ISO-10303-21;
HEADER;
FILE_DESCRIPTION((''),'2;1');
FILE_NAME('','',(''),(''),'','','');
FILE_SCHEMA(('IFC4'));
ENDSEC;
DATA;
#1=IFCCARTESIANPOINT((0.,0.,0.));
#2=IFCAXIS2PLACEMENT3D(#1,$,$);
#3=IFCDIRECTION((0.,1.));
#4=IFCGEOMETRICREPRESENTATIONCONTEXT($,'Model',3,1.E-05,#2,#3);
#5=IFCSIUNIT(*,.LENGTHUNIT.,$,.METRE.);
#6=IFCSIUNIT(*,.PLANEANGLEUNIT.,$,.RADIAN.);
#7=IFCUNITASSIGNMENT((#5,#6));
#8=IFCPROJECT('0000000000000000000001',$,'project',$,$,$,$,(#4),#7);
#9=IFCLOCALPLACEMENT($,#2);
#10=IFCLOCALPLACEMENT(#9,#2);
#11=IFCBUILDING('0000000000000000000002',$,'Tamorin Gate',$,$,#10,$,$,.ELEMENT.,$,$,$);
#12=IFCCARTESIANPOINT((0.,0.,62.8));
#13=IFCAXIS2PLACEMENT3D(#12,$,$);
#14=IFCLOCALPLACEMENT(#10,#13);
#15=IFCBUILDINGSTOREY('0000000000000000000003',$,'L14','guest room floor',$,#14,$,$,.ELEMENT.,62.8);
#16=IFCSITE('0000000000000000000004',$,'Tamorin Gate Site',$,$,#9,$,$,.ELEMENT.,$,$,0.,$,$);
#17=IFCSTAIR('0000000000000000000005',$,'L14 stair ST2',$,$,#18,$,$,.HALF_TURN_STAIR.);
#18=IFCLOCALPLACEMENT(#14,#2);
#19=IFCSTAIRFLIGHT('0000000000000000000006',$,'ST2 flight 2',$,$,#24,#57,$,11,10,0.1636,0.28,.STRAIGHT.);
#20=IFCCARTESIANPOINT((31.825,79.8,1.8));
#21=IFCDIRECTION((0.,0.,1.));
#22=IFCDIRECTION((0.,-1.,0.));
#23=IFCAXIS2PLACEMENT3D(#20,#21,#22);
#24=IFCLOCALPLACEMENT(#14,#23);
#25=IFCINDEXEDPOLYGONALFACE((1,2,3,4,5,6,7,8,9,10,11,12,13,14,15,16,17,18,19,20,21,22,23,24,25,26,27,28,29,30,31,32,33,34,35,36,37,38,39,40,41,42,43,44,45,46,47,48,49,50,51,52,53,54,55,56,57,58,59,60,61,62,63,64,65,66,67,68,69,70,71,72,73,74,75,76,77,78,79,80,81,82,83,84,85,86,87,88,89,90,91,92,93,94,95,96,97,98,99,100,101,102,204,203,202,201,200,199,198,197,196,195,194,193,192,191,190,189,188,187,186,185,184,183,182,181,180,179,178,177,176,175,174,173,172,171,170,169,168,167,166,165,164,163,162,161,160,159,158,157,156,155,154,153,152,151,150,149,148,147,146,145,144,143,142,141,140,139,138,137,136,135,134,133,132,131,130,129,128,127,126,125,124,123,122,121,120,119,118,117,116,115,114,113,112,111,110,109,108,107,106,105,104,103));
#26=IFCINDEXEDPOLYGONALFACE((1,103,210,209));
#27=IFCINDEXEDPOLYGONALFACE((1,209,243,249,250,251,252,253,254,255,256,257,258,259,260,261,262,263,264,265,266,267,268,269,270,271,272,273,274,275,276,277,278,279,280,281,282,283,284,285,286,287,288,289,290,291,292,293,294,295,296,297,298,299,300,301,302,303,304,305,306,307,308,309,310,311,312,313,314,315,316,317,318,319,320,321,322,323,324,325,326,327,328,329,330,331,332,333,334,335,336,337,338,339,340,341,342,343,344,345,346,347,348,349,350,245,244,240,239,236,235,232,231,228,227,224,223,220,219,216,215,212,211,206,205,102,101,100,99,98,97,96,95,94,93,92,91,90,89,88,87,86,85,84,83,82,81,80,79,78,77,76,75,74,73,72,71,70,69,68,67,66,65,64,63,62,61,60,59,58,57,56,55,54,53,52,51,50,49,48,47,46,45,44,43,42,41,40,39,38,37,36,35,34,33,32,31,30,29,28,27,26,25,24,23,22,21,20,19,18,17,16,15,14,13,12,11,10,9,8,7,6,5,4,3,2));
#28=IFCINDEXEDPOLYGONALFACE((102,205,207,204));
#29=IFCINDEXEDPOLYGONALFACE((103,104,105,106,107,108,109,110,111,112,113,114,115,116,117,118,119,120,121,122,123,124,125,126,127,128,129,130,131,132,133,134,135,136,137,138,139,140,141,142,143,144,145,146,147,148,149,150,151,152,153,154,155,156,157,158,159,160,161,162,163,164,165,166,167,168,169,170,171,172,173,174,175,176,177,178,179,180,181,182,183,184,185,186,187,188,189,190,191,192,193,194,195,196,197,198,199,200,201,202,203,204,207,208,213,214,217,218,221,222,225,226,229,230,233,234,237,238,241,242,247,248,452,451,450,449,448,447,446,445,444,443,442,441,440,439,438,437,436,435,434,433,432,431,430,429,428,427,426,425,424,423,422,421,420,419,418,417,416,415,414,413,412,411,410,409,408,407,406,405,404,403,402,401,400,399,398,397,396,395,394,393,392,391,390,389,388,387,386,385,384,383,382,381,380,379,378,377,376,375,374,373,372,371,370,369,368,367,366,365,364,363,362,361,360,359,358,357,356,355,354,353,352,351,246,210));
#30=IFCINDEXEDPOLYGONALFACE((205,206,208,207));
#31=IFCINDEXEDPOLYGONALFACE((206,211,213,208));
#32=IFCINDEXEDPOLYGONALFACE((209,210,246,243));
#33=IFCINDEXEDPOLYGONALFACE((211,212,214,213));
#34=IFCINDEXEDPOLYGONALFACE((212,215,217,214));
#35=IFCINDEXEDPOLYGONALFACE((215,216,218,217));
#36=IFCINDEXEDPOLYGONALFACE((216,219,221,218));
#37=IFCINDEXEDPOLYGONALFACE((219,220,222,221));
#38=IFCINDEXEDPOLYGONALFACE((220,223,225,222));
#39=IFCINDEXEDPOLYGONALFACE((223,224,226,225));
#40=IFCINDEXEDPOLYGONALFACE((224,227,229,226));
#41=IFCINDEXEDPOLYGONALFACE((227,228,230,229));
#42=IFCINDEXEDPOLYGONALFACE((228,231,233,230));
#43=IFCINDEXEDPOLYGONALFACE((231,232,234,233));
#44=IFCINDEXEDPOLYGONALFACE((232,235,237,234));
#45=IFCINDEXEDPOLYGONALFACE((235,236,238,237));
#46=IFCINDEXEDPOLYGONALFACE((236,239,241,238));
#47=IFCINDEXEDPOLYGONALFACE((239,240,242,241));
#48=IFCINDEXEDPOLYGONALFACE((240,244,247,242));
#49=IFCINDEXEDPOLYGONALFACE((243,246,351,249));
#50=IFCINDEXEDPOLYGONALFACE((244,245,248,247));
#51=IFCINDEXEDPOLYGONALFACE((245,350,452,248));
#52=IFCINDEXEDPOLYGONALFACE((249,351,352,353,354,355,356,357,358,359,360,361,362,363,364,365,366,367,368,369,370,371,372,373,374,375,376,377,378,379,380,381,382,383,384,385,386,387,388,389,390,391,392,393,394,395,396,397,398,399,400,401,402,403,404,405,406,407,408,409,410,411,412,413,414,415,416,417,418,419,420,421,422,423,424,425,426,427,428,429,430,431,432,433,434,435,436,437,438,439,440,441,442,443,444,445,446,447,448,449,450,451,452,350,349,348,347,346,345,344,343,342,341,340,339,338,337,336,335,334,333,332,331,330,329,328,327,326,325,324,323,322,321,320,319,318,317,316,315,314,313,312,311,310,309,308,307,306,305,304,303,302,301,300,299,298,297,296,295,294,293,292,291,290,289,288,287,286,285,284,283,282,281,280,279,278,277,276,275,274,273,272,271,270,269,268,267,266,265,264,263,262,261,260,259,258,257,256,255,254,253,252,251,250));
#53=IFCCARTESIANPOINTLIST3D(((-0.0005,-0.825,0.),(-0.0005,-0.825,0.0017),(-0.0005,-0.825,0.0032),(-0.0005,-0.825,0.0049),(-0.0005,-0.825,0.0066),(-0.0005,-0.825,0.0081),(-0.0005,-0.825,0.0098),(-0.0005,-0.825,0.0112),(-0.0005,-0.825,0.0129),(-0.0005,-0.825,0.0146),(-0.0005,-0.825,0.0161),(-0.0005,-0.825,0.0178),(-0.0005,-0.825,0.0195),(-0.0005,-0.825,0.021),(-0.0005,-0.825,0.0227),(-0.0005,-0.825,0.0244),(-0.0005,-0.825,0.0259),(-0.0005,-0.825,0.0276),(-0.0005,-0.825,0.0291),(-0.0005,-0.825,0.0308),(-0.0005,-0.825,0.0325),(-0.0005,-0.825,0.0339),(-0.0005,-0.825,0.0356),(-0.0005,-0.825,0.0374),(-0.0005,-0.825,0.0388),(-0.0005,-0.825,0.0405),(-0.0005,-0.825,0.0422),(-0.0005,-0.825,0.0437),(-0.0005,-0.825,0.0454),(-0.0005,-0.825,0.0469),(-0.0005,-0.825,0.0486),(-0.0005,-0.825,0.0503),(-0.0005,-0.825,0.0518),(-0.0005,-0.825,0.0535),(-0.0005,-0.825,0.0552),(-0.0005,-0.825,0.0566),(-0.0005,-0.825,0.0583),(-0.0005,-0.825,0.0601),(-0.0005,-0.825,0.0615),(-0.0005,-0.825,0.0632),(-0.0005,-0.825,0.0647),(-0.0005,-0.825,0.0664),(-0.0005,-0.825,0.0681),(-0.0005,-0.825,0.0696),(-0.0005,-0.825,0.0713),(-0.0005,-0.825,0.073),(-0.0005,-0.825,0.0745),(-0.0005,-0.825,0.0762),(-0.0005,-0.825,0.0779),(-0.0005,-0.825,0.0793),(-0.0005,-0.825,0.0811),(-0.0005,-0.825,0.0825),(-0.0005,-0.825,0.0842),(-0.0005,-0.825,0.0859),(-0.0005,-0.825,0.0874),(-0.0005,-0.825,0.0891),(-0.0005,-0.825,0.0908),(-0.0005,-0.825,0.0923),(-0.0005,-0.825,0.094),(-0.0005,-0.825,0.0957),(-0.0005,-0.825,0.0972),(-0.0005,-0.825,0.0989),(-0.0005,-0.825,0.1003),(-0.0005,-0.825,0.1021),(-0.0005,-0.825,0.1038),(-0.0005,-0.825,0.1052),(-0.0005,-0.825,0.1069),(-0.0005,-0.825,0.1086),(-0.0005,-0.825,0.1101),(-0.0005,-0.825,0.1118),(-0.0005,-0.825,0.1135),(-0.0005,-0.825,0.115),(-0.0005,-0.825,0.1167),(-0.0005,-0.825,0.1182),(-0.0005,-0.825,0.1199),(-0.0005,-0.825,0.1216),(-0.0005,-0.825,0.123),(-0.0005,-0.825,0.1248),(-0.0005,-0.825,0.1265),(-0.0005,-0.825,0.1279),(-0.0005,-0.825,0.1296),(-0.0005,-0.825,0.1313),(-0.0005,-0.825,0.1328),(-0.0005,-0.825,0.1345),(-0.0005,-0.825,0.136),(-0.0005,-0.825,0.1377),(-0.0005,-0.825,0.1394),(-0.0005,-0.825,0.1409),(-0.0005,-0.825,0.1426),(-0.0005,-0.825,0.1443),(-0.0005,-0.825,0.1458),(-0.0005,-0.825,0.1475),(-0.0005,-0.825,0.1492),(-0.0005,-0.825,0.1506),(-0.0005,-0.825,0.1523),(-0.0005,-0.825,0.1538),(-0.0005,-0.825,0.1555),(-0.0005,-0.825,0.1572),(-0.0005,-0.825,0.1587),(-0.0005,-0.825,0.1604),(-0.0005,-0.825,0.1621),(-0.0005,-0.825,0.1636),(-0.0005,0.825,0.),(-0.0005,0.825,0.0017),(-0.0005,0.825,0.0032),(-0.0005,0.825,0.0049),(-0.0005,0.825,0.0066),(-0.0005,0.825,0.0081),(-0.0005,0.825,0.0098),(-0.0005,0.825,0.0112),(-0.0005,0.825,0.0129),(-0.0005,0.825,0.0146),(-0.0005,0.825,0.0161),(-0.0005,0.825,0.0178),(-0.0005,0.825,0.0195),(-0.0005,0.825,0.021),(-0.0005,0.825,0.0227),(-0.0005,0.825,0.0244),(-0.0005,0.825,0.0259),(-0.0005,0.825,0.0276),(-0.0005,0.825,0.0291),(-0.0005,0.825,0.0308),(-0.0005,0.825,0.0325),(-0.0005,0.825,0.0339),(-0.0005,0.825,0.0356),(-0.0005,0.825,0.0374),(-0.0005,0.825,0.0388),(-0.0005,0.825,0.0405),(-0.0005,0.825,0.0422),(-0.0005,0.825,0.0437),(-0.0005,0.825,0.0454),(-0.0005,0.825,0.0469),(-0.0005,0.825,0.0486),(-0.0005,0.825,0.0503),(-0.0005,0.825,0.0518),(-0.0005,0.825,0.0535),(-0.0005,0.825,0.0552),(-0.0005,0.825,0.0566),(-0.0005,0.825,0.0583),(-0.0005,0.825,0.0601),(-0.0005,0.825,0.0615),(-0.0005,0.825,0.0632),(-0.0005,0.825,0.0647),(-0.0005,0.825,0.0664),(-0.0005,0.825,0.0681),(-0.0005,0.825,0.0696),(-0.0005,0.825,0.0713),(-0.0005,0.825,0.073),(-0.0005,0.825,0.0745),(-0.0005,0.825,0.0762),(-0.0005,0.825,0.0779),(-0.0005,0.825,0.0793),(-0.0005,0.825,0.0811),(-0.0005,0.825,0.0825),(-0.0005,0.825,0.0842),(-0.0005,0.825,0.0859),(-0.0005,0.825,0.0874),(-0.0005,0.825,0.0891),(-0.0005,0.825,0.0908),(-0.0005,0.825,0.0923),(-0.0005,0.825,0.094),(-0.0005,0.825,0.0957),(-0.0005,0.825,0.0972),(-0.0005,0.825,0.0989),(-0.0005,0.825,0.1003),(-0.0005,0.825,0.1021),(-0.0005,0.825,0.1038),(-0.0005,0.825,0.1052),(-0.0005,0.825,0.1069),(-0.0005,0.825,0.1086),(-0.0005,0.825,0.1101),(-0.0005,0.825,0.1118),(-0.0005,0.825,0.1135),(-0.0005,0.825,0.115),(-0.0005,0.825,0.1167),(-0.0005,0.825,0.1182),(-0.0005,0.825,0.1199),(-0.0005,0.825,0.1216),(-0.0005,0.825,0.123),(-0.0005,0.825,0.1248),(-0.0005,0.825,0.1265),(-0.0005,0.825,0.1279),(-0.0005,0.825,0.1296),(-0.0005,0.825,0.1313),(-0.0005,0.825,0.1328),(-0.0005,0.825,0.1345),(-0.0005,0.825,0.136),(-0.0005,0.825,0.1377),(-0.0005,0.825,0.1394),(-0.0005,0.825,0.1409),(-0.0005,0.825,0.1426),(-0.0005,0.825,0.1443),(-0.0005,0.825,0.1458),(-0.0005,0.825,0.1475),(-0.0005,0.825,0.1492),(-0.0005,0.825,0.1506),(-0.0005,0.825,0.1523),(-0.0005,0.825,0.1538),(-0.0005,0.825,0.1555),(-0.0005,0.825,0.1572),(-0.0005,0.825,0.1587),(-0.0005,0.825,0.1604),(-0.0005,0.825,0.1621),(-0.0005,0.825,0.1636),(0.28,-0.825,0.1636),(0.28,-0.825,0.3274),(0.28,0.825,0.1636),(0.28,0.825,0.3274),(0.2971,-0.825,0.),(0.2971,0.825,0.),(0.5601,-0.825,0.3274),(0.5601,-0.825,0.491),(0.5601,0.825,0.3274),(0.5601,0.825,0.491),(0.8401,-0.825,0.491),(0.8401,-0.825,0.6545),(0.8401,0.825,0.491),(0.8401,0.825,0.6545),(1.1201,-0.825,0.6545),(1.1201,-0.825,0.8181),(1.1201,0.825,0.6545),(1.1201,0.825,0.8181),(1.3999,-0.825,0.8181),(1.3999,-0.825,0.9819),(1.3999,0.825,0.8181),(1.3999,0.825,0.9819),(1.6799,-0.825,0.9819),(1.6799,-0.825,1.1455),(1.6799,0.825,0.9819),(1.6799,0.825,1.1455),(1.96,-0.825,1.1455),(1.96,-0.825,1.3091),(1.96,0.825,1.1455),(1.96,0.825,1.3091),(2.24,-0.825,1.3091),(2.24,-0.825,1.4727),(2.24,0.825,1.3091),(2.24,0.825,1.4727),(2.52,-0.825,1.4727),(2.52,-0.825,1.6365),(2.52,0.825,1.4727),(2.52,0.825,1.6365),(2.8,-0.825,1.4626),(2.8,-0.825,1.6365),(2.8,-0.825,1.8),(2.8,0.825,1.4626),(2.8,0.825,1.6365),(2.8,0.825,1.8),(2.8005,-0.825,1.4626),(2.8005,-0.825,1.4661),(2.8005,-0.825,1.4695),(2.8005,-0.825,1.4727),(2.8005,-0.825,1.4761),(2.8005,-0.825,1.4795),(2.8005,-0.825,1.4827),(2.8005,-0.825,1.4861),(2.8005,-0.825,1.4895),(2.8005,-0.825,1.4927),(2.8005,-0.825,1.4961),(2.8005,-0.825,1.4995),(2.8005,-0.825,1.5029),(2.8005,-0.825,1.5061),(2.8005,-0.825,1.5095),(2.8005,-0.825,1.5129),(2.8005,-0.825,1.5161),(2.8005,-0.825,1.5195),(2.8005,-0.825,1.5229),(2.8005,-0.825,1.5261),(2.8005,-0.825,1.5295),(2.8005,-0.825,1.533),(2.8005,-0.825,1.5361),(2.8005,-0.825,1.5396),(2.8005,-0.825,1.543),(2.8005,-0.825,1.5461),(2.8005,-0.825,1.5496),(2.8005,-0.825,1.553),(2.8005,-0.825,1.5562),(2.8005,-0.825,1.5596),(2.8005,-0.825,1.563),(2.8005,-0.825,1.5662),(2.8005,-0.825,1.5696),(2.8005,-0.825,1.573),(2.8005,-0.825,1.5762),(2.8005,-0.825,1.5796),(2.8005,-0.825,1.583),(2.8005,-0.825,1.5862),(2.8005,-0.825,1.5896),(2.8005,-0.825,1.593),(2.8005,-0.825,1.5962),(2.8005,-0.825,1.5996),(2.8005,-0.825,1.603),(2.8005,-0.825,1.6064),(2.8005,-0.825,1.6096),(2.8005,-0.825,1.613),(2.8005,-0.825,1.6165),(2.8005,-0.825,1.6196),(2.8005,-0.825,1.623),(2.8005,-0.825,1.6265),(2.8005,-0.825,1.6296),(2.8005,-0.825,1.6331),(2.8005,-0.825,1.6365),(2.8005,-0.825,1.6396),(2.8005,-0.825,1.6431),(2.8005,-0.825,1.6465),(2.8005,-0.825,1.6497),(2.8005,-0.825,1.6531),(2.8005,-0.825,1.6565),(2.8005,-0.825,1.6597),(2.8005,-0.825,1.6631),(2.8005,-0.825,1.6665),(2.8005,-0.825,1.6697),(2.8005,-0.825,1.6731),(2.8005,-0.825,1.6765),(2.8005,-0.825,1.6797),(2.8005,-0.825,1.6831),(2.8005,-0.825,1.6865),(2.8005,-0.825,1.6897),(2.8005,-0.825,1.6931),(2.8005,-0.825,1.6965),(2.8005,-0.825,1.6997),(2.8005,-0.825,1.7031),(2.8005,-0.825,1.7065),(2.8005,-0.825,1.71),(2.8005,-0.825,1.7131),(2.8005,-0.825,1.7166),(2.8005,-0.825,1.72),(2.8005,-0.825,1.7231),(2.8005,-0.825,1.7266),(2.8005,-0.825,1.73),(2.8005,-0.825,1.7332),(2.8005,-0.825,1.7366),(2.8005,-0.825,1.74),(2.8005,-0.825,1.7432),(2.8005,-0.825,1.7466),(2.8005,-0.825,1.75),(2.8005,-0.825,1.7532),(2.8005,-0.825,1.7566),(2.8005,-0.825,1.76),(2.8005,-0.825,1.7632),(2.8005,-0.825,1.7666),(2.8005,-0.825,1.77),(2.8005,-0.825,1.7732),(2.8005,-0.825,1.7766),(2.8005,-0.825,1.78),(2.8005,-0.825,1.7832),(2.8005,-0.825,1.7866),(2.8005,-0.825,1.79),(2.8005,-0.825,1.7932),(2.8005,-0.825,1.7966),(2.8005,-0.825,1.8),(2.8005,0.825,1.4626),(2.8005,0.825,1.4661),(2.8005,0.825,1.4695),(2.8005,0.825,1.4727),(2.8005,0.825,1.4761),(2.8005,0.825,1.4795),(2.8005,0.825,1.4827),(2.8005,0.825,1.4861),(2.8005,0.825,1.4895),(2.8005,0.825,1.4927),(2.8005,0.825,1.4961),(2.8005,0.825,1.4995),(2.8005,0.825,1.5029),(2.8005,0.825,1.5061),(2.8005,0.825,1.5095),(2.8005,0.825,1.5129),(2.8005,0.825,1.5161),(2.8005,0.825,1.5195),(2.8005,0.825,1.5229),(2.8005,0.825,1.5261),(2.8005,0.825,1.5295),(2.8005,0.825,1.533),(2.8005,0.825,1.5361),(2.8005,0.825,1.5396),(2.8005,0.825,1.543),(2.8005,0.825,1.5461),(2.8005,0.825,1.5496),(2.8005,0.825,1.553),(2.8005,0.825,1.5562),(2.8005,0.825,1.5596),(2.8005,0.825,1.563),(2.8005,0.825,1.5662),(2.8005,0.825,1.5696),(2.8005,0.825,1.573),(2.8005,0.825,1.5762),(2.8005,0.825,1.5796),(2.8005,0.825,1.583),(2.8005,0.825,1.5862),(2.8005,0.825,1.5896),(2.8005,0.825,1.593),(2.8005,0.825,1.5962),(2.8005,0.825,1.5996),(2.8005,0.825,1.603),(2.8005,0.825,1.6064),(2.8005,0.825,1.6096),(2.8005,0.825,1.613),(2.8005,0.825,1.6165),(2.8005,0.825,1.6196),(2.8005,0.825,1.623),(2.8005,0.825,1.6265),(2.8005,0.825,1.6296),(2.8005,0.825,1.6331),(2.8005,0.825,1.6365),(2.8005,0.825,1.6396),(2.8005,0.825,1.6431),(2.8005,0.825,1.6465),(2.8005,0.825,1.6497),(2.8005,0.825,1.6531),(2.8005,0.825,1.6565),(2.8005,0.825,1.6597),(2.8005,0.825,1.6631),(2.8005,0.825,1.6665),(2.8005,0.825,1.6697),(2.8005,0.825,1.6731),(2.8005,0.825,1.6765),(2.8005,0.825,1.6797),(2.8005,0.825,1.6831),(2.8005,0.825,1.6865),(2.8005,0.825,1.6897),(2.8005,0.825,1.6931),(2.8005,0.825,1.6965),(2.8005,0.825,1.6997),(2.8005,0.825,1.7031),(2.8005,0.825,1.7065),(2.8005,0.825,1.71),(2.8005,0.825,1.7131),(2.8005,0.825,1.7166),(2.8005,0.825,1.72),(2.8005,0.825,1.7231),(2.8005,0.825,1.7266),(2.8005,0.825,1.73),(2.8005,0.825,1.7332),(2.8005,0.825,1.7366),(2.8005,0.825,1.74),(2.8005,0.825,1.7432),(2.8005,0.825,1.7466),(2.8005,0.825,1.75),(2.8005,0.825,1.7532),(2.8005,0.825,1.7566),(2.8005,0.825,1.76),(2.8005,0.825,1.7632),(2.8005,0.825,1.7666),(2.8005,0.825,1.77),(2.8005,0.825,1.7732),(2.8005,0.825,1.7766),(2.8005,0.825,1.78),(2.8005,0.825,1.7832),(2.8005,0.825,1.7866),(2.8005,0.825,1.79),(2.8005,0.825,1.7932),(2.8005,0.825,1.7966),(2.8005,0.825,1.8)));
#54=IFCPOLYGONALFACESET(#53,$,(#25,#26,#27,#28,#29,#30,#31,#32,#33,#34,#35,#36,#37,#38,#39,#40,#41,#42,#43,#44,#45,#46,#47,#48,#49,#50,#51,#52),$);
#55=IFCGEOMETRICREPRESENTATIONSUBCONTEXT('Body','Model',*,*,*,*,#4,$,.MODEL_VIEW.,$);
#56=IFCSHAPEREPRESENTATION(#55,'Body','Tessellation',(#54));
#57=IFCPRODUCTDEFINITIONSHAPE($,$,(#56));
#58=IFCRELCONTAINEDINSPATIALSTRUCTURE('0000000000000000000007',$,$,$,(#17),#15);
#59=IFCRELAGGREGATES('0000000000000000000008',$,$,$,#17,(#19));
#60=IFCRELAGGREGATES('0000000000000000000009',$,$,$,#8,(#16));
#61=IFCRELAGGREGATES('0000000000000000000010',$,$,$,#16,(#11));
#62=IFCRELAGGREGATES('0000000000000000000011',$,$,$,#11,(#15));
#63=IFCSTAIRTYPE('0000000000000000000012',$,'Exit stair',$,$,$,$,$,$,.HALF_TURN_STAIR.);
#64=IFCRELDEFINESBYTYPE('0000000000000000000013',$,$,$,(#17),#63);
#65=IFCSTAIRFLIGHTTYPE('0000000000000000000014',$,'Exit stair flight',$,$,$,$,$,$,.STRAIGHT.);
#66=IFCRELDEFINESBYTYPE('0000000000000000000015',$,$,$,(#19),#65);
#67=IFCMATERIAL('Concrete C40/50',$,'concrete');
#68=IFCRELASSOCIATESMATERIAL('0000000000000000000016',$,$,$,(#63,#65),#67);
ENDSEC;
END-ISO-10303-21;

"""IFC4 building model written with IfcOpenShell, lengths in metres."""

from ifc_helpers import new_model, si_unit, direction, frame, origin, place, context, subcontext, project, spatial, polyline, outline, extrude, material, type_object, element, aggregate, save


model = new_model("IFC4")

# Units and contexts
model_context = context("Model", 3, precision=1e-05, world=origin(), true_north=direction((0.0, 1.0)))
body_context = subcontext(model_context, "Body", "Model", "MODEL_VIEW")
ifc_project = project(units=[si_unit("LENGTHUNIT", "METRE"), si_unit("PLANEANGLEUNIT", "RADIAN")], contexts=[model_context])

# Site, building, storey
site_placement = place(None, origin())
site = spatial("IfcSite", under=ifc_project, at=site_placement, Name="Tamorin Gate Site", CompositionType="ELEMENT", RefElevation=0.0)
building_placement = place(site_placement, origin())
building = spatial("IfcBuilding", under=site, at=building_placement, Name="Tamorin Gate", CompositionType="ELEMENT")
storey_placement = place(building_placement, frame((0.0, 0.0, 62.8)))
storey = spatial("IfcBuildingStorey", under=building, at=storey_placement, Name="L14", Description="guest room floor", CompositionType="ELEMENT", Elevation=62.8)

# Shared definitions
ifc_material_1 = material(Name="Concrete C40/50", Category="concrete")

# Stair, stair flight
stair_type = type_object("IfcStairType", Name="Exit stair", PredefinedType="HALF_TURN_STAIR", material=ifc_material_1)
stair_placement = place(storey_placement, origin())
stair = element("IfcStair", 1, at=stair_placement, inside=storey, type_object=stair_type, Name="L14 stair ST2", PredefinedType="HALF_TURN_STAIR")
stair_flight_type = type_object("IfcStairFlightType", Name="Exit stair flight", PredefinedType="STRAIGHT", material=ifc_material_1)
stair_flight_1_placement = place(storey_placement, frame((31.825, 79.8, 1.8), z_axis=(0.0, 0.0, 1.0), x_axis=(0.0, -1.0, 0.0)))
stair_flight_1 = element("IfcStairFlight", 2, at=stair_flight_1_placement, type_object=stair_flight_type, Name="ST2 flight 2", NumberOfRisers=11, NumberOfTreads=10, PredefinedType="STRAIGHT", RiserHeight=0.1636, TreadLength=0.28, context=body_context, shape_type="SweptSolid", body=[
    extrude(outline(polyline([(-0.0005, 0.0), (-0.0005, 0.0017), (-0.0005, 0.0032), (-0.0005, 0.0049), (-0.0005, 0.0066), (-0.0005, 0.0081), (-0.0005, 0.0098), (-0.0005, 0.0112), (-0.0005, 0.0129), (-0.0005, 0.0146), (-0.0005, 0.0161), (-0.0005, 0.0178), (-0.0005, 0.0195), (-0.0005, 0.021), (-0.0005, 0.0227), (-0.0005, 0.0244), (-0.0005, 0.0259), (-0.0005, 0.0276), (-0.0005, 0.0291), (-0.0005, 0.0308), (-0.0005, 0.0325), (-0.0005, 0.0339), (-0.0005, 0.0356), (-0.0005, 0.0374), (-0.0005, 0.0388), (-0.0005, 0.0405), (-0.0005, 0.0422), (-0.0005, 0.0437), (-0.0005, 0.0454), (-0.0005, 0.0469), (-0.0005, 0.0486), (-0.0005, 0.0503), (-0.0005, 0.0518), (-0.0005, 0.0535), (-0.0005, 0.0552), (-0.0005, 0.0566), (-0.0005, 0.0583), (-0.0005, 0.0601), (-0.0005, 0.0615), (-0.0005, 0.0632), (-0.0005, 0.0647), (-0.0005, 0.0664), (-0.0005, 0.0681), (-0.0005, 0.0696), (-0.0005, 0.0713), (-0.0005, 0.073), (-0.0005, 0.0745), (-0.0005, 0.0762), (-0.0005, 0.0779), (-0.0005, 0.0793), (-0.0005, 0.0811), (-0.0005, 0.0825), (-0.0005, 0.0842), (-0.0005, 0.0859), (-0.0005, 0.0874), (-0.0005, 0.0891), (-0.0005, 0.0908), (-0.0005, 0.0923), (-0.0005, 0.094), (-0.0005, 0.0957), (-0.0005, 0.0972), (-0.0005, 0.0989), (-0.0005, 0.1003), (-0.0005, 0.1021), (-0.0005, 0.1038), (-0.0005, 0.1052), (-0.0005, 0.1069), (-0.0005, 0.1086), (-0.0005, 0.1101), (-0.0005, 0.1118), (-0.0005, 0.1135), (-0.0005, 0.115), (-0.0005, 0.1167), (-0.0005, 0.1182), (-0.0005, 0.1199), (-0.0005, 0.1216), (-0.0005, 0.123), (-0.0005, 0.1248), (-0.0005, 0.1265), (-0.0005, 0.1279), (-0.0005, 0.1296), (-0.0005, 0.1313), (-0.0005, 0.1328), (-0.0005, 0.1345), (-0.0005, 0.136), (-0.0005, 0.1377), (-0.0005, 0.1394), (-0.0005, 0.1409), (-0.0005, 0.1426), (-0.0005, 0.1443), (-0.0005, 0.1458), (-0.0005, 0.1475), (-0.0005, 0.1492), (-0.0005, 0.1506), (-0.0005, 0.1523), (-0.0005, 0.1538), (-0.0005, 0.1555), (-0.0005, 0.1572), (-0.0005, 0.1587), (-0.0005, 0.1604), (-0.0005, 0.1621), (-0.0005, 0.1636), (0.28, 0.1636), (0.28, 0.3274), (0.5601, 0.3274), (0.5601, 0.491), (0.8401, 0.491), (0.8401, 0.6545), (1.1201, 0.6545), (1.1201, 0.8181), (1.3999, 0.8181), (1.3999, 0.9819), (1.6799, 0.9819), (1.6799, 1.1455), (1.96, 1.1455), (1.96, 1.3091), (2.24, 1.3091), (2.24, 1.4727), (2.52, 1.4727), (2.52, 1.6365), (2.8, 1.6365), (2.8, 1.8), (2.8005, 1.8), (2.8005, 1.7966), (2.8005, 1.7932), (2.8005, 1.79), (2.8005, 1.7866), (2.8005, 1.7832), (2.8005, 1.78), (2.8005, 1.7766), (2.8005, 1.7732), (2.8005, 1.77), (2.8005, 1.7666), (2.8005, 1.7632), (2.8005, 1.76), (2.8005, 1.7566), (2.8005, 1.7532), (2.8005, 1.75), (2.8005, 1.7466), (2.8005, 1.7432), (2.8005, 1.74), (2.8005, 1.7366), (2.8005, 1.7332), (2.8005, 1.73), (2.8005, 1.7266), (2.8005, 1.7231), (2.8005, 1.72), (2.8005, 1.7166), (2.8005, 1.7131), (2.8005, 1.71), (2.8005, 1.7065), (2.8005, 1.7031), (2.8005, 1.6997), (2.8005, 1.6965), (2.8005, 1.6931), (2.8005, 1.6897), (2.8005, 1.6865), (2.8005, 1.6831), (2.8005, 1.6797), (2.8005, 1.6765), (2.8005, 1.6731), (2.8005, 1.6697), (2.8005, 1.6665), (2.8005, 1.6631), (2.8005, 1.6597), (2.8005, 1.6565), (2.8005, 1.6531), (2.8005, 1.6497), (2.8005, 1.6465), (2.8005, 1.6431), (2.8005, 1.6396), (2.8005, 1.6365), (2.8005, 1.6331), (2.8005, 1.6296), (2.8005, 1.6265), (2.8005, 1.623), (2.8005, 1.6196), (2.8005, 1.6165), (2.8005, 1.613), (2.8005, 1.6096), (2.8005, 1.6064), (2.8005, 1.603), (2.8005, 1.5996), (2.8005, 1.5962), (2.8005, 1.593), (2.8005, 1.5896), (2.8005, 1.5862), (2.8005, 1.583), (2.8005, 1.5796), (2.8005, 1.5762), (2.8005, 1.573), (2.8005, 1.5696), (2.8005, 1.5662), (2.8005, 1.563), (2.8005, 1.5596), (2.8005, 1.5562), (2.8005, 1.553), (2.8005, 1.5496), (2.8005, 1.5461), (2.8005, 1.543), (2.8005, 1.5396), (2.8005, 1.5361), (2.8005, 1.533), (2.8005, 1.5295), (2.8005, 1.5261), (2.8005, 1.5229), (2.8005, 1.5195), (2.8005, 1.5161), (2.8005, 1.5129), (2.8005, 1.5095), (2.8005, 1.5061), (2.8005, 1.5029), (2.8005, 1.4995), (2.8005, 1.4961), (2.8005, 1.4927), (2.8005, 1.4895), (2.8005, 1.4861), (2.8005, 1.4827), (2.8005, 1.4795), (2.8005, 1.4761), (2.8005, 1.4727), (2.8005, 1.4695), (2.8005, 1.4661), (2.8005, 1.4626), (2.8, 1.4626), (0.2971, 0.0), (-0.0005, 0.0)])), frame((0.0, 0.825, 0.0), z_axis=(0.0, -1.0, 0.0), x_axis=(1.0, 0.0, 0.0)), (0.0, 0.0, 1.0), 1.6499),
])
aggregate(stair, [stair_flight_1])

save(model, "model.ifc")
